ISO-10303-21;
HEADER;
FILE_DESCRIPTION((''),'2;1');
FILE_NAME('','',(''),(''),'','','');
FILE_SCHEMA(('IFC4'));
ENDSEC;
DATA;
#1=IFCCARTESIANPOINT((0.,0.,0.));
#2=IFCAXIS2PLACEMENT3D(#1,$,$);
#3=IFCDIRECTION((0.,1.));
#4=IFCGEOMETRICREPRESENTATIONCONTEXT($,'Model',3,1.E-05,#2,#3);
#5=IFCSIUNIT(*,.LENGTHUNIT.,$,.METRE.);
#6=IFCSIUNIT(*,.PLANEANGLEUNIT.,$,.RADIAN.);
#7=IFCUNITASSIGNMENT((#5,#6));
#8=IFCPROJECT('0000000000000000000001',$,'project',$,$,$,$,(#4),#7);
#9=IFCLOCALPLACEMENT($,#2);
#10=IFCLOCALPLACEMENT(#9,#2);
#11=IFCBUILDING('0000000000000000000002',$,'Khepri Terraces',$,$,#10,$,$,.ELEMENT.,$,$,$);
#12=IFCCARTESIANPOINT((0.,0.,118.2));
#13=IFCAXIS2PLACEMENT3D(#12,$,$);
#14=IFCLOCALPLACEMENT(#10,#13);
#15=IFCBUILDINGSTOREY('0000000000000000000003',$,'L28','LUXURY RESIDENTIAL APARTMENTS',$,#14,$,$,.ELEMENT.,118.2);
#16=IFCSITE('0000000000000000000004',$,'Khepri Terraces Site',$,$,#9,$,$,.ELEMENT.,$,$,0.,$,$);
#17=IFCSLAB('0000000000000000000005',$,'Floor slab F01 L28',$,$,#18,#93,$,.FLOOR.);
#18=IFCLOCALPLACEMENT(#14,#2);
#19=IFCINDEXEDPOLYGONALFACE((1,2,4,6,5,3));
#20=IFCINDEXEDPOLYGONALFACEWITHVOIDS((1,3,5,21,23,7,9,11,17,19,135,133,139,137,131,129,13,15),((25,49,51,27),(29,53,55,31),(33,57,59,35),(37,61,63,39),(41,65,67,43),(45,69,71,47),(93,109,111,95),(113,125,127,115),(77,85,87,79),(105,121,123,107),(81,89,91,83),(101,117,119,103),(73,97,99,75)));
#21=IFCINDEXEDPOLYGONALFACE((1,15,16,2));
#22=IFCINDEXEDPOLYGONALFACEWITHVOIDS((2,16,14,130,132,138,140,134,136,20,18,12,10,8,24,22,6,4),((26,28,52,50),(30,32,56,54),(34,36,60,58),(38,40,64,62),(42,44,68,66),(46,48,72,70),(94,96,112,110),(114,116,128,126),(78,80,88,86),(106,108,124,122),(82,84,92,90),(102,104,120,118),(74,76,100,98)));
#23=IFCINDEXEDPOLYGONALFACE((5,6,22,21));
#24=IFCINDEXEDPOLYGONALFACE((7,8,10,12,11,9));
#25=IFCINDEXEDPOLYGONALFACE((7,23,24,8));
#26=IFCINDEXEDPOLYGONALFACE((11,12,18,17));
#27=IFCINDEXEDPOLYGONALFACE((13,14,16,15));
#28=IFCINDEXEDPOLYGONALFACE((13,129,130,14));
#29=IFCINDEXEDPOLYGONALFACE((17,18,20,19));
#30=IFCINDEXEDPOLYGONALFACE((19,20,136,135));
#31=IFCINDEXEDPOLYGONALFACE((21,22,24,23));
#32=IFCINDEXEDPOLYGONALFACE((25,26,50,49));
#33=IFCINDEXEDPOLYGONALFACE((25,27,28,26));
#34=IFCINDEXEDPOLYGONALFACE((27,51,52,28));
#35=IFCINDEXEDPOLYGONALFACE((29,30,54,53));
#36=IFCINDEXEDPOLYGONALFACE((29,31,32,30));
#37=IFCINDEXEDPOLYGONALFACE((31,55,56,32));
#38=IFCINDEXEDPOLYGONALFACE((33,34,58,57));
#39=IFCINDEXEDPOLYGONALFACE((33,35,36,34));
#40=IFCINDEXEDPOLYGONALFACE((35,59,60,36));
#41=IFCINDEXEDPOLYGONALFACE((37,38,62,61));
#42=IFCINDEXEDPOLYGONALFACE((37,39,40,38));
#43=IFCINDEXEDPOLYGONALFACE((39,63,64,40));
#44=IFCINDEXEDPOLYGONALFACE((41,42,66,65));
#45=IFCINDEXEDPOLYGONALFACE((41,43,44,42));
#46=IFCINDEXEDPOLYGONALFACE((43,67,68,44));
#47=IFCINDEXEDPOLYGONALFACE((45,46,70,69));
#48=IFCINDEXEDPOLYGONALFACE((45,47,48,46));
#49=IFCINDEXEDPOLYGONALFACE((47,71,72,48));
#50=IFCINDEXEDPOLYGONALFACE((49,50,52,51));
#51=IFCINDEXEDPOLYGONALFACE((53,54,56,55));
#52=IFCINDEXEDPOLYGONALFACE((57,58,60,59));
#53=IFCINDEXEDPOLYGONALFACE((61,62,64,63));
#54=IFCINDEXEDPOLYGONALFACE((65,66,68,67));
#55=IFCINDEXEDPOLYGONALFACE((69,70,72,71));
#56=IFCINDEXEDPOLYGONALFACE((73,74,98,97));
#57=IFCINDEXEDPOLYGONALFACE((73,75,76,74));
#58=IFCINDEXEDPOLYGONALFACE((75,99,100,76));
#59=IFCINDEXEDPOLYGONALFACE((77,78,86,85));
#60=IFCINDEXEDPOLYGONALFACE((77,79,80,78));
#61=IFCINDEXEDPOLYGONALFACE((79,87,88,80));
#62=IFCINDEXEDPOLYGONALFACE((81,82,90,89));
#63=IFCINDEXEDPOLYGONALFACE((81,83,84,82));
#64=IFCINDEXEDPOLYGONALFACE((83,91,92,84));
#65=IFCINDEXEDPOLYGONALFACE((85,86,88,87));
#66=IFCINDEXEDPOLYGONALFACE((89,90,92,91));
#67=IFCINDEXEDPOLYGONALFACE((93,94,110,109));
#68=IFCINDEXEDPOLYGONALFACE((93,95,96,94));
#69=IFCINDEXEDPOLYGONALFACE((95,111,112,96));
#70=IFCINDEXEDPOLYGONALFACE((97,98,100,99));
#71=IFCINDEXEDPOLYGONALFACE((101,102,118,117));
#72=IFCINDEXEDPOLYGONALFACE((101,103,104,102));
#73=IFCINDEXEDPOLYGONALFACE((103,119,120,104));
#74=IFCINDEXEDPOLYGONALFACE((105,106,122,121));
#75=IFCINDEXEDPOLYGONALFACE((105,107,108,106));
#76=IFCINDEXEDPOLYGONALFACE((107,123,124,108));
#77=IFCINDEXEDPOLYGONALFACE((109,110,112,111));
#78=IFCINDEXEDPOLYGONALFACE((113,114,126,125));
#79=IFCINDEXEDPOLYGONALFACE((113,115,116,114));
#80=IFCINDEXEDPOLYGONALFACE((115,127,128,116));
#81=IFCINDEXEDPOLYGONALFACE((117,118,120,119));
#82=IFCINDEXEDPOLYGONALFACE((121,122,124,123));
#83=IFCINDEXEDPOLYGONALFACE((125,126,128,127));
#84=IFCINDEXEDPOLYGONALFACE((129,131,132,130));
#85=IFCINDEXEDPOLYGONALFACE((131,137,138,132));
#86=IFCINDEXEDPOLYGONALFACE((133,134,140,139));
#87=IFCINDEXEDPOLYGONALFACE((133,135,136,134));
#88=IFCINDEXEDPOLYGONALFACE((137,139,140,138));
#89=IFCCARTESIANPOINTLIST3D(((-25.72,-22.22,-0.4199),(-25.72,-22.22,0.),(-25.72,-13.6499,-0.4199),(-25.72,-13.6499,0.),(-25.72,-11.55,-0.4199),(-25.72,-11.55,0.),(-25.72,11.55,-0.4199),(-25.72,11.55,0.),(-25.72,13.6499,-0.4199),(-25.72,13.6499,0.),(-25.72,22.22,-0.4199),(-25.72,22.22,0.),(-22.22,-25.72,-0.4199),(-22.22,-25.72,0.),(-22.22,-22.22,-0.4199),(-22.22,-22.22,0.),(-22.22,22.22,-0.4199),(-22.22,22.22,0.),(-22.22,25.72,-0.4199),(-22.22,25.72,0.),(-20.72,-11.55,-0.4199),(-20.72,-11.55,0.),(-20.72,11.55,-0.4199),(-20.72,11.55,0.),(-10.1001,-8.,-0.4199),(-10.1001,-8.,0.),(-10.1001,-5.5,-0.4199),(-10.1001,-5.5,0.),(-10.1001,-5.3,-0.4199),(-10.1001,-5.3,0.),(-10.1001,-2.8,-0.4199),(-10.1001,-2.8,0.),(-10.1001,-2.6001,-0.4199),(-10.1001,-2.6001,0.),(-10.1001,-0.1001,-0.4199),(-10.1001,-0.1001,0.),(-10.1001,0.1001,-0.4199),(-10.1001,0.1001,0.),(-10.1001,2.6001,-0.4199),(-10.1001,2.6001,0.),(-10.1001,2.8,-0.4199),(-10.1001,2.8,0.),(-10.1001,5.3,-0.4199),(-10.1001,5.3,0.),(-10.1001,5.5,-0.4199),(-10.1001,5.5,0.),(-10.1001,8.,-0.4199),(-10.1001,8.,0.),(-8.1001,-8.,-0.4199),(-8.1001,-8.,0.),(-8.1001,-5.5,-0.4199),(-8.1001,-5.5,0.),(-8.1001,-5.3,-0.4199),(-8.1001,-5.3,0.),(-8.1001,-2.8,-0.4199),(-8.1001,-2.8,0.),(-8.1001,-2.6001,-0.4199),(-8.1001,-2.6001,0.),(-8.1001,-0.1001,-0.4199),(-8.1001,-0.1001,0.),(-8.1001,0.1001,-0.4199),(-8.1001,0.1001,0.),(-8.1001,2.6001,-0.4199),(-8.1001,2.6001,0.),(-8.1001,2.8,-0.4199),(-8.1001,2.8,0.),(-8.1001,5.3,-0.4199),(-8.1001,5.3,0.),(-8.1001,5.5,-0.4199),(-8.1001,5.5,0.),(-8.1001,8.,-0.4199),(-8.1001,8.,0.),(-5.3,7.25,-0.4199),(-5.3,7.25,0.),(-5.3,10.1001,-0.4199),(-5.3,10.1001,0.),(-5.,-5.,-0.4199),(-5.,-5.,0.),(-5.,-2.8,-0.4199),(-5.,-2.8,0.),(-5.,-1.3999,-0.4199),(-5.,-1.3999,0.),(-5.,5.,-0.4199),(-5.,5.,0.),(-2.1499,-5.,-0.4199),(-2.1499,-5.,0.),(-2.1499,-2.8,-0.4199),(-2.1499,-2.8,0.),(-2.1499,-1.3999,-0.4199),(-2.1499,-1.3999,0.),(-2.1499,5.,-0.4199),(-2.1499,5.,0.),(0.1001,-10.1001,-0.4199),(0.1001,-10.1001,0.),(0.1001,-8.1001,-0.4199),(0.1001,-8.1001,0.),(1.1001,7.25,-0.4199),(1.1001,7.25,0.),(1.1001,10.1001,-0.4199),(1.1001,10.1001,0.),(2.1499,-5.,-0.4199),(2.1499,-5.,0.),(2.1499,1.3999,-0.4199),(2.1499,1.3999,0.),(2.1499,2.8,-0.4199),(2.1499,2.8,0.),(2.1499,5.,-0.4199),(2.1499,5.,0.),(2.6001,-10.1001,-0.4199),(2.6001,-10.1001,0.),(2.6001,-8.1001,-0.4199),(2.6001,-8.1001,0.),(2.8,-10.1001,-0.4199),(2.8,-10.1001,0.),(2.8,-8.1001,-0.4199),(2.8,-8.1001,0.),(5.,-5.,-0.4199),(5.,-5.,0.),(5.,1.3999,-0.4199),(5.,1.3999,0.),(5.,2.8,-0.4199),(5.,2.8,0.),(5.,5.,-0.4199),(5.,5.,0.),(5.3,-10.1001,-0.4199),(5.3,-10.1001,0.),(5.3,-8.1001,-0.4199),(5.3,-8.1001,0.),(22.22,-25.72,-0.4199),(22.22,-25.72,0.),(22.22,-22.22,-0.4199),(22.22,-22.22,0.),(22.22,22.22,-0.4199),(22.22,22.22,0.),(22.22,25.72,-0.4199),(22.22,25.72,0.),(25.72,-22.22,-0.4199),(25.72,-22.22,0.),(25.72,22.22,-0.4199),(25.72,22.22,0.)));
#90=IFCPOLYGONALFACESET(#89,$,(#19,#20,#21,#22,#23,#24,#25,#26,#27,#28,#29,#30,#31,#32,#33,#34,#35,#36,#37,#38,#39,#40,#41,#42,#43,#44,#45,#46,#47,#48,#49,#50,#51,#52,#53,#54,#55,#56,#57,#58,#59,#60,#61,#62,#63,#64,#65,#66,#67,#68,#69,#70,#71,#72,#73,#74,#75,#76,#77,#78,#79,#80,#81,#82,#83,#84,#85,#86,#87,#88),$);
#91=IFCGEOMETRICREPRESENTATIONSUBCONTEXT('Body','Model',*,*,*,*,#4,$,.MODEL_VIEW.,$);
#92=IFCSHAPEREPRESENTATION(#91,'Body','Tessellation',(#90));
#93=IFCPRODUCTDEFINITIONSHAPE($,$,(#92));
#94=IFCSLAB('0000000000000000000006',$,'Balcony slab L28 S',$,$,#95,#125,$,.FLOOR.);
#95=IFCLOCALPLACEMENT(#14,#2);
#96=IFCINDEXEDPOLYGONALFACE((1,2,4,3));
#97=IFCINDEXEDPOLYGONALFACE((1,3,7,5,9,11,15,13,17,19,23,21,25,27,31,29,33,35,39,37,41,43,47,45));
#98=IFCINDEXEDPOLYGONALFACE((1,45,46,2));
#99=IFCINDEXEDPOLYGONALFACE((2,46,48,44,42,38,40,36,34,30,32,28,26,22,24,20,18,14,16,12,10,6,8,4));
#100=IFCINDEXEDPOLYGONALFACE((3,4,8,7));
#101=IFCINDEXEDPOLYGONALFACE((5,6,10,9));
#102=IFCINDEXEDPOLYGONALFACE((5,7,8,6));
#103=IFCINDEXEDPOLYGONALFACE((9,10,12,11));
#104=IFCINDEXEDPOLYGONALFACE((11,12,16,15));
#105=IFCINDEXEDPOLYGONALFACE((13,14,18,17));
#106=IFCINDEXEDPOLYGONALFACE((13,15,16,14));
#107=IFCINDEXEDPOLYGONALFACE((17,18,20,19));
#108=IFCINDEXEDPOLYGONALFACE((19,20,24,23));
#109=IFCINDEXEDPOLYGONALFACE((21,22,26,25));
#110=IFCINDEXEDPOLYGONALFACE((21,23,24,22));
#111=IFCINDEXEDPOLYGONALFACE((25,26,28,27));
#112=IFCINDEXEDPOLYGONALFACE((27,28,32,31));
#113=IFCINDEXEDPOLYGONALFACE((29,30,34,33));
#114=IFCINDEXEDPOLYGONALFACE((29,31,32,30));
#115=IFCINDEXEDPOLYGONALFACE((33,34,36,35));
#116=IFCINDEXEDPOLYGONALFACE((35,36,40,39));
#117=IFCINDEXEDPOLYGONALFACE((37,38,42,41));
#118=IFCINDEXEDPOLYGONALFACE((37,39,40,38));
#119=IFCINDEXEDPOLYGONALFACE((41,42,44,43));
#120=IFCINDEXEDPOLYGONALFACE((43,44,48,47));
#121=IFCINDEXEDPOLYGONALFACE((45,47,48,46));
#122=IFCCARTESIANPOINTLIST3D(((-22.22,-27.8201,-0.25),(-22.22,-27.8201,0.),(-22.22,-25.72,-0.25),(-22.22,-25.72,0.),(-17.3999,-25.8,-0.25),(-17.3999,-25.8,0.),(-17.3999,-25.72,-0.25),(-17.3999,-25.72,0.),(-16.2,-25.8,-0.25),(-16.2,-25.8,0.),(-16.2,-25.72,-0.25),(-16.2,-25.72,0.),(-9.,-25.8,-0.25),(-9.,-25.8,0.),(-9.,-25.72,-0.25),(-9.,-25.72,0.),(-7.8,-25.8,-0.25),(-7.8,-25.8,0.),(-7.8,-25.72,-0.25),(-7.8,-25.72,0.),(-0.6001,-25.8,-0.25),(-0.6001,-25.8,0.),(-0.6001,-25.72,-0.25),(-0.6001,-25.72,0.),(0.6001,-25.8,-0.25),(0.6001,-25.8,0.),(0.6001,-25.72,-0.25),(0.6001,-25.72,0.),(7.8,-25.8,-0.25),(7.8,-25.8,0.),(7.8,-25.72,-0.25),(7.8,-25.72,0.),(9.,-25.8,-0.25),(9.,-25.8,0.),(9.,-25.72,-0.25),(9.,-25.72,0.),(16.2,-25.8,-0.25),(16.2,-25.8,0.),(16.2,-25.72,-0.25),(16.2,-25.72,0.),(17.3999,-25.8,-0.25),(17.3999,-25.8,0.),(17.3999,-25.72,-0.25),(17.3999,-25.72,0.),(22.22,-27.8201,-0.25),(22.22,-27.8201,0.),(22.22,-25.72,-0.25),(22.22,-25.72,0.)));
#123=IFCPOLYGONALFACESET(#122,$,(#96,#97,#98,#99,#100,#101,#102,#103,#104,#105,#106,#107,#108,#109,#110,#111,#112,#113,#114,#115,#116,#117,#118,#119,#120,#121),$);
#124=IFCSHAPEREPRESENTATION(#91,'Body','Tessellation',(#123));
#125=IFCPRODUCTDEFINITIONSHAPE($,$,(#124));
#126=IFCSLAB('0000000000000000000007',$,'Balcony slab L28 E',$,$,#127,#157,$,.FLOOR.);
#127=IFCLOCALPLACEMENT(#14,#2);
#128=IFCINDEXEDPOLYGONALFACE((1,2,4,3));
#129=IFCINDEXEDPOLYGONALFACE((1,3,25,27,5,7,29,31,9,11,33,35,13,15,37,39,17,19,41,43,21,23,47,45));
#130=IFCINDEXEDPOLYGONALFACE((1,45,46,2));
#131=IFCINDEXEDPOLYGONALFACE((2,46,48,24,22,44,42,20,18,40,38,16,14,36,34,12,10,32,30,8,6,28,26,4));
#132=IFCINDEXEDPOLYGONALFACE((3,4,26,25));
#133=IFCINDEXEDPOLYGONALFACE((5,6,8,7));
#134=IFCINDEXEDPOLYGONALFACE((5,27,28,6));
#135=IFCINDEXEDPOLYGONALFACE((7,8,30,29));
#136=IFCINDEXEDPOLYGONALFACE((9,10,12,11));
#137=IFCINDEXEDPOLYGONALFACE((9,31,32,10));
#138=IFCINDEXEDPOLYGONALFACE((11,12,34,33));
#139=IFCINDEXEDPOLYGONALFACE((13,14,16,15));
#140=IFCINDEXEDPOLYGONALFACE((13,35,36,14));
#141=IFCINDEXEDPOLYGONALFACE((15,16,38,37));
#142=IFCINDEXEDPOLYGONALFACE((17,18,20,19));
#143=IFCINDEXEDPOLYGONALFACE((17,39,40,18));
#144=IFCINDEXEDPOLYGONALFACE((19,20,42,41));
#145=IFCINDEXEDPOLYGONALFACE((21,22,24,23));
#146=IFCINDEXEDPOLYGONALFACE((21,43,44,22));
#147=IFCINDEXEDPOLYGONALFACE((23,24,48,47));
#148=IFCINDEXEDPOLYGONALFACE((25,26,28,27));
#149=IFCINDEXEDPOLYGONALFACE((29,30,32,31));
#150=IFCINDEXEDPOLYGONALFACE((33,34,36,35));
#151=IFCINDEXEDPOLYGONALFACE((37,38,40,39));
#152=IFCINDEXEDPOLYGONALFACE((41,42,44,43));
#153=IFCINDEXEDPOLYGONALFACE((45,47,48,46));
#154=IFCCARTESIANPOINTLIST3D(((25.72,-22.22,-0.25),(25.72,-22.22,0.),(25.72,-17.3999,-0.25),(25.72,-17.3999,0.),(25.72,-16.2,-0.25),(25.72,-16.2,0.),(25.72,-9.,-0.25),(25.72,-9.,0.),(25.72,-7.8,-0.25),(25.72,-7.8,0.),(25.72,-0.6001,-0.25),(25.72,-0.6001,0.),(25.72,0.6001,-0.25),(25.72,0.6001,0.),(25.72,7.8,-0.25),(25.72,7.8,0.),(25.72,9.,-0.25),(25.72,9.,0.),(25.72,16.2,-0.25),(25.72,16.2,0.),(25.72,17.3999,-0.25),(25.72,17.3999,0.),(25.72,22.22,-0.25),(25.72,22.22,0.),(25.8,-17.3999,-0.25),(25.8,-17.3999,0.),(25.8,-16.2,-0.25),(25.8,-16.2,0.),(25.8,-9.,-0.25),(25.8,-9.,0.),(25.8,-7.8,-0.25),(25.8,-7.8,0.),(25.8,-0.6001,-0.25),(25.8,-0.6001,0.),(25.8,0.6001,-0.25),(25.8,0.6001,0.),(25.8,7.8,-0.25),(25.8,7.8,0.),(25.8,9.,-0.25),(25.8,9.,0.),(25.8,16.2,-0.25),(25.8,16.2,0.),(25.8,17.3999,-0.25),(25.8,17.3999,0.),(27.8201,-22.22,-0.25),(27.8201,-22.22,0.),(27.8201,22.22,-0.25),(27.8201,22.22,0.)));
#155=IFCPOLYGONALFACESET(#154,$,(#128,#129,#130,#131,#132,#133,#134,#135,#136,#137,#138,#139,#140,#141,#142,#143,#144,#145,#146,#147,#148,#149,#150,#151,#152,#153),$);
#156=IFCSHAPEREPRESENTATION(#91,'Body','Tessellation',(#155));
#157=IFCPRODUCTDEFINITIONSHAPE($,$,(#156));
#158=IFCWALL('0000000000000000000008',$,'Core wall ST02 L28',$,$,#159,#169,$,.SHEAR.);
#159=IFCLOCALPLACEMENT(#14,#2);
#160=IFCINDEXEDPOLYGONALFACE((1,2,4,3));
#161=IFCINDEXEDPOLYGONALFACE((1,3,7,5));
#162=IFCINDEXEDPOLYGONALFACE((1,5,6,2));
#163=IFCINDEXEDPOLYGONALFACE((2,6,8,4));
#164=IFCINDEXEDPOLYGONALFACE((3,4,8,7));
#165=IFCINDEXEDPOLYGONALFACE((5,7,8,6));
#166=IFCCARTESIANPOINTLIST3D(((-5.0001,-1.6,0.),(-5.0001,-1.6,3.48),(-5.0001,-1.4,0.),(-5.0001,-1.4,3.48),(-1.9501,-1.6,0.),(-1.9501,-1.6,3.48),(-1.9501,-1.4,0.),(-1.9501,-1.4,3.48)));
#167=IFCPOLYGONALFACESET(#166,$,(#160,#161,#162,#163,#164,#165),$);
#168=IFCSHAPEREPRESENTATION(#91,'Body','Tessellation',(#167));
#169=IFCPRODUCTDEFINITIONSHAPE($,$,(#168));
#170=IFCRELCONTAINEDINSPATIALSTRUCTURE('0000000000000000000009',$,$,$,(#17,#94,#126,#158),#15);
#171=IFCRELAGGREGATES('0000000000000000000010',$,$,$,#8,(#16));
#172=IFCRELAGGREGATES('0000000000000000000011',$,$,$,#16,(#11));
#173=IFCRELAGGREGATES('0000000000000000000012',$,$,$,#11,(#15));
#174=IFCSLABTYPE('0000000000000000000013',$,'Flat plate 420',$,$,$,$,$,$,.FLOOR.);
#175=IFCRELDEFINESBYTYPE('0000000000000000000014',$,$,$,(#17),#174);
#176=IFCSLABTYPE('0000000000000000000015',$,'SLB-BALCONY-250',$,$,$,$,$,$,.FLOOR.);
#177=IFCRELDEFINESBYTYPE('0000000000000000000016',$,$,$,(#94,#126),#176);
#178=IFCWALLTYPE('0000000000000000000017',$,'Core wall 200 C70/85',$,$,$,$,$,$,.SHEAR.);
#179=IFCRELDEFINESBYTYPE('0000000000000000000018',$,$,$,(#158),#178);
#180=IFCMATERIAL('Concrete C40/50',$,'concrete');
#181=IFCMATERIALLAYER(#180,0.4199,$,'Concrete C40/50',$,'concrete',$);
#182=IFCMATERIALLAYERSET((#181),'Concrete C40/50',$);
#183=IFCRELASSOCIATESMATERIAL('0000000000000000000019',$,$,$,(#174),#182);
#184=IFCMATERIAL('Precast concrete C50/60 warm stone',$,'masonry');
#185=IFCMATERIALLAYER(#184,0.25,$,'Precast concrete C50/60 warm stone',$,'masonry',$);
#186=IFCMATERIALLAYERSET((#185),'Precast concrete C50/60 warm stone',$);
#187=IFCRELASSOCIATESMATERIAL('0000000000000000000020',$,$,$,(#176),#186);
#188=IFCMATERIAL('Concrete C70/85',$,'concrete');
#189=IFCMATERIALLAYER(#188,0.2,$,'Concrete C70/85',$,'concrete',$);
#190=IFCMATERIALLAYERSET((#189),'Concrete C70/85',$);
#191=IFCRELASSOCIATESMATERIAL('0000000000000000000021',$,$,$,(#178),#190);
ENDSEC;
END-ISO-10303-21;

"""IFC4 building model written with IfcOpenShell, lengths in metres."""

from ifc_helpers import new_model, si_unit, direction, frame, frame_2d, origin, place, context, subcontext, project, spatial, polyline, rectangle, outline, extrude, material, layer, layer_set, type_object, element, save


model = new_model("IFC4")

# Units and contexts
model_context = context("Model", 3, precision=1e-05, world=origin(), true_north=direction((0.0, 1.0)))
body_context = subcontext(model_context, "Body", "Model", "MODEL_VIEW")
ifc_project = project(units=[si_unit("LENGTHUNIT", "METRE"), si_unit("PLANEANGLEUNIT", "RADIAN")], contexts=[model_context])

# Site, building, storey
site_placement = place(None, origin())
site = spatial("IfcSite", under=ifc_project, at=site_placement, Name="Khepri Terraces Site", CompositionType="ELEMENT", RefElevation=0.0)
building_placement = place(site_placement, origin())
building = spatial("IfcBuilding", under=site, at=building_placement, Name="Khepri Terraces", CompositionType="ELEMENT")
storey_placement = place(building_placement, frame((0.0, 0.0, 118.2)))
storey = spatial("IfcBuildingStorey", under=building, at=storey_placement, Name="L28", Description="LUXURY RESIDENTIAL APARTMENTS", CompositionType="ELEMENT", Elevation=118.2)

# Slabs
ifc_material_1 = material(Name="Concrete C40/50", Category="concrete")
ifc_layer_1 = layer(ifc_material_1, 0.4199, Name="Concrete C40/50", Category="concrete")
ifc_layer_set_1 = layer_set([ifc_layer_1], Name="Concrete C40/50")
slab_type_1 = type_object("IfcSlabType", Name="Flat plate 420", PredefinedType="FLOOR", material=ifc_layer_set_1)
slab_1_placement = place(storey_placement, frame((0.0, 0.0, -0.4199)))
element("IfcSlab", 1, at=slab_1_placement, inside=storey, type_object=slab_type_1, Name="Floor slab F01 L28", PredefinedType="FLOOR", context=body_context, shape_type="SweptSolid", body=[
    extrude(outline(polyline([(22.22, -25.72), (-22.22, -25.72), (-22.22, -22.22), (-25.72, -22.22), (-25.72, -13.6499), (-25.72, -11.55), (-20.72, -11.55), (-20.72, 11.55), (-25.72, 11.55), (-25.72, 13.6499), (-25.72, 22.22), (-22.22, 22.22), (-22.22, 25.72), (22.22, 25.72), (22.22, 22.22), (25.72, 22.22), (25.72, -22.22), (22.22, -22.22), (22.22, -25.72)]), holes=[polyline([(5.0, 5.0), (2.1499, 5.0), (2.1499, 2.8), (5.0, 2.8), (5.0, 5.0)]), polyline([(-2.1499, -5.0), (-2.1499, -2.8), (-5.0, -2.8), (-5.0, -5.0), (-2.1499, -5.0)]), polyline([(-10.1001, -8.0), (-8.1001, -8.0), (-8.1001, -5.5), (-10.1001, -5.5), (-10.1001, -8.0)]), polyline([(-10.1001, -2.8), (-10.1001, -5.3), (-8.1001, -5.3), (-8.1001, -2.8), (-10.1001, -2.8)]), polyline([(-8.1001, -0.1001), (-10.1001, -0.1001), (-10.1001, -2.6001), (-8.1001, -2.6001), (-8.1001, -0.1001)]), polyline([(-8.1001, 0.1001), (-8.1001, 2.6001), (-10.1001, 2.6001), (-10.1001, 0.1001), (-8.1001, 0.1001)]), polyline([(-10.1001, 2.8), (-8.1001, 2.8), (-8.1001, 5.3), (-10.1001, 5.3), (-10.1001, 2.8)]), polyline([(-10.1001, 8.0), (-10.1001, 5.5), (-8.1001, 5.5), (-8.1001, 8.0), (-10.1001, 8.0)]), polyline([(2.6001, -8.1001), (0.1001, -8.1001), (0.1001, -10.1001), (2.6001, -10.1001), (2.6001, -8.1001)]), polyline([(5.3, -10.1001), (5.3, -8.1001), (2.8, -8.1001), (2.8, -10.1001), (5.3, -10.1001)]), polyline([(-5.0, -1.3999), (-2.1499, -1.3999), (-2.1499, 5.0), (-5.0, 5.0), (-5.0, -1.3999)]), polyline([(5.0, -5.0), (5.0, 1.3999), (2.1499, 1.3999), (2.1499, -5.0), (5.0, -5.0)]), polyline([(-5.3, 10.1001), (-5.3, 7.25), (1.1001, 7.25), (1.1001, 10.1001), (-5.3, 10.1001)])]), origin(), (0.0, 0.0, 1.0), 0.4199),
])
ifc_material_2 = material(Name="Precast concrete C50/60 warm stone", Category="masonry")
ifc_layer_2 = layer(ifc_material_2, 0.25, Name="Precast concrete C50/60 warm stone", Category="masonry")
ifc_layer_set_2 = layer_set([ifc_layer_2], Name="Precast concrete C50/60 warm stone")
slab_type_2 = type_object("IfcSlabType", Name="SLB-BALCONY-250", PredefinedType="FLOOR", material=ifc_layer_set_2)
slab_2_placement = place(storey_placement, frame((0.0, 0.0, -0.25)))
element("IfcSlab", 2, at=slab_2_placement, inside=storey, type_object=slab_type_2, Name="Balcony slab L28 S", PredefinedType="FLOOR", context=body_context, shape_type="SweptSolid", body=[
    extrude(outline(polyline([(-17.3999, -25.72), (-22.22, -25.72), (-22.22, -27.8201), (22.22, -27.8201), (22.22, -25.72), (17.3999, -25.72), (17.3999, -25.8), (16.2, -25.8), (16.2, -25.72), (9.0, -25.72), (9.0, -25.8), (7.8, -25.8), (7.8, -25.72), (0.6001, -25.72), (0.6001, -25.8), (-0.6001, -25.8), (-0.6001, -25.72), (-7.8, -25.72), (-7.8, -25.8), (-9.0, -25.8), (-9.0, -25.72), (-16.2, -25.72), (-16.2, -25.8), (-17.3999, -25.8), (-17.3999, -25.72)])), origin(), (0.0, 0.0, 1.0), 0.25),
])
slab_3_placement = place(storey_placement, frame((0.0, 0.0, -0.25)))
element("IfcSlab", 3, at=slab_3_placement, inside=storey, type_object=slab_type_2, Name="Balcony slab L28 E", PredefinedType="FLOOR", context=body_context, shape_type="SweptSolid", body=[
    extrude(outline(polyline([(25.72, -17.3999), (25.72, -22.22), (27.8201, -22.22), (27.8201, 22.22), (25.72, 22.22), (25.72, 17.3999), (25.8, 17.3999), (25.8, 16.2), (25.72, 16.2), (25.72, 9.0), (25.8, 9.0), (25.8, 7.8), (25.72, 7.8), (25.72, 0.6001), (25.8, 0.6001), (25.8, -0.6001), (25.72, -0.6001), (25.72, -7.8), (25.8, -7.8), (25.8, -9.0), (25.72, -9.0), (25.72, -16.2), (25.8, -16.2), (25.8, -17.3999), (25.72, -17.3999)])), origin(), (0.0, 0.0, 1.0), 0.25),
])

# Wall
ifc_material_3 = material(Name="Concrete C70/85", Category="concrete")
ifc_layer_3 = layer(ifc_material_3, 0.2, Name="Concrete C70/85", Category="concrete")
ifc_layer_set_3 = layer_set([ifc_layer_3], Name="Concrete C70/85")
wall_type_1 = type_object("IfcWallType", Name="Core wall 200 C70/85", PredefinedType="SHEAR", material=ifc_layer_set_3)
wall_1_placement = place(storey_placement, frame((-5.0, -1.5, 0.0), z_axis=(0.0, 0.0, 1.0), x_axis=(1.0, 0.0, 0.0)))
element("IfcWall", 4, at=wall_1_placement, inside=storey, type_object=wall_type_1, Name="Core wall ST02 L28", PredefinedType="SHEAR", context=body_context, shape_type="SweptSolid", body=[
    extrude(rectangle(XDim=3.05, YDim=0.2, at=frame_2d((1.5249, 0.0))), origin(), (0.0, 0.0, 1.0), 3.48),
])

save(model, "model.ifc")
